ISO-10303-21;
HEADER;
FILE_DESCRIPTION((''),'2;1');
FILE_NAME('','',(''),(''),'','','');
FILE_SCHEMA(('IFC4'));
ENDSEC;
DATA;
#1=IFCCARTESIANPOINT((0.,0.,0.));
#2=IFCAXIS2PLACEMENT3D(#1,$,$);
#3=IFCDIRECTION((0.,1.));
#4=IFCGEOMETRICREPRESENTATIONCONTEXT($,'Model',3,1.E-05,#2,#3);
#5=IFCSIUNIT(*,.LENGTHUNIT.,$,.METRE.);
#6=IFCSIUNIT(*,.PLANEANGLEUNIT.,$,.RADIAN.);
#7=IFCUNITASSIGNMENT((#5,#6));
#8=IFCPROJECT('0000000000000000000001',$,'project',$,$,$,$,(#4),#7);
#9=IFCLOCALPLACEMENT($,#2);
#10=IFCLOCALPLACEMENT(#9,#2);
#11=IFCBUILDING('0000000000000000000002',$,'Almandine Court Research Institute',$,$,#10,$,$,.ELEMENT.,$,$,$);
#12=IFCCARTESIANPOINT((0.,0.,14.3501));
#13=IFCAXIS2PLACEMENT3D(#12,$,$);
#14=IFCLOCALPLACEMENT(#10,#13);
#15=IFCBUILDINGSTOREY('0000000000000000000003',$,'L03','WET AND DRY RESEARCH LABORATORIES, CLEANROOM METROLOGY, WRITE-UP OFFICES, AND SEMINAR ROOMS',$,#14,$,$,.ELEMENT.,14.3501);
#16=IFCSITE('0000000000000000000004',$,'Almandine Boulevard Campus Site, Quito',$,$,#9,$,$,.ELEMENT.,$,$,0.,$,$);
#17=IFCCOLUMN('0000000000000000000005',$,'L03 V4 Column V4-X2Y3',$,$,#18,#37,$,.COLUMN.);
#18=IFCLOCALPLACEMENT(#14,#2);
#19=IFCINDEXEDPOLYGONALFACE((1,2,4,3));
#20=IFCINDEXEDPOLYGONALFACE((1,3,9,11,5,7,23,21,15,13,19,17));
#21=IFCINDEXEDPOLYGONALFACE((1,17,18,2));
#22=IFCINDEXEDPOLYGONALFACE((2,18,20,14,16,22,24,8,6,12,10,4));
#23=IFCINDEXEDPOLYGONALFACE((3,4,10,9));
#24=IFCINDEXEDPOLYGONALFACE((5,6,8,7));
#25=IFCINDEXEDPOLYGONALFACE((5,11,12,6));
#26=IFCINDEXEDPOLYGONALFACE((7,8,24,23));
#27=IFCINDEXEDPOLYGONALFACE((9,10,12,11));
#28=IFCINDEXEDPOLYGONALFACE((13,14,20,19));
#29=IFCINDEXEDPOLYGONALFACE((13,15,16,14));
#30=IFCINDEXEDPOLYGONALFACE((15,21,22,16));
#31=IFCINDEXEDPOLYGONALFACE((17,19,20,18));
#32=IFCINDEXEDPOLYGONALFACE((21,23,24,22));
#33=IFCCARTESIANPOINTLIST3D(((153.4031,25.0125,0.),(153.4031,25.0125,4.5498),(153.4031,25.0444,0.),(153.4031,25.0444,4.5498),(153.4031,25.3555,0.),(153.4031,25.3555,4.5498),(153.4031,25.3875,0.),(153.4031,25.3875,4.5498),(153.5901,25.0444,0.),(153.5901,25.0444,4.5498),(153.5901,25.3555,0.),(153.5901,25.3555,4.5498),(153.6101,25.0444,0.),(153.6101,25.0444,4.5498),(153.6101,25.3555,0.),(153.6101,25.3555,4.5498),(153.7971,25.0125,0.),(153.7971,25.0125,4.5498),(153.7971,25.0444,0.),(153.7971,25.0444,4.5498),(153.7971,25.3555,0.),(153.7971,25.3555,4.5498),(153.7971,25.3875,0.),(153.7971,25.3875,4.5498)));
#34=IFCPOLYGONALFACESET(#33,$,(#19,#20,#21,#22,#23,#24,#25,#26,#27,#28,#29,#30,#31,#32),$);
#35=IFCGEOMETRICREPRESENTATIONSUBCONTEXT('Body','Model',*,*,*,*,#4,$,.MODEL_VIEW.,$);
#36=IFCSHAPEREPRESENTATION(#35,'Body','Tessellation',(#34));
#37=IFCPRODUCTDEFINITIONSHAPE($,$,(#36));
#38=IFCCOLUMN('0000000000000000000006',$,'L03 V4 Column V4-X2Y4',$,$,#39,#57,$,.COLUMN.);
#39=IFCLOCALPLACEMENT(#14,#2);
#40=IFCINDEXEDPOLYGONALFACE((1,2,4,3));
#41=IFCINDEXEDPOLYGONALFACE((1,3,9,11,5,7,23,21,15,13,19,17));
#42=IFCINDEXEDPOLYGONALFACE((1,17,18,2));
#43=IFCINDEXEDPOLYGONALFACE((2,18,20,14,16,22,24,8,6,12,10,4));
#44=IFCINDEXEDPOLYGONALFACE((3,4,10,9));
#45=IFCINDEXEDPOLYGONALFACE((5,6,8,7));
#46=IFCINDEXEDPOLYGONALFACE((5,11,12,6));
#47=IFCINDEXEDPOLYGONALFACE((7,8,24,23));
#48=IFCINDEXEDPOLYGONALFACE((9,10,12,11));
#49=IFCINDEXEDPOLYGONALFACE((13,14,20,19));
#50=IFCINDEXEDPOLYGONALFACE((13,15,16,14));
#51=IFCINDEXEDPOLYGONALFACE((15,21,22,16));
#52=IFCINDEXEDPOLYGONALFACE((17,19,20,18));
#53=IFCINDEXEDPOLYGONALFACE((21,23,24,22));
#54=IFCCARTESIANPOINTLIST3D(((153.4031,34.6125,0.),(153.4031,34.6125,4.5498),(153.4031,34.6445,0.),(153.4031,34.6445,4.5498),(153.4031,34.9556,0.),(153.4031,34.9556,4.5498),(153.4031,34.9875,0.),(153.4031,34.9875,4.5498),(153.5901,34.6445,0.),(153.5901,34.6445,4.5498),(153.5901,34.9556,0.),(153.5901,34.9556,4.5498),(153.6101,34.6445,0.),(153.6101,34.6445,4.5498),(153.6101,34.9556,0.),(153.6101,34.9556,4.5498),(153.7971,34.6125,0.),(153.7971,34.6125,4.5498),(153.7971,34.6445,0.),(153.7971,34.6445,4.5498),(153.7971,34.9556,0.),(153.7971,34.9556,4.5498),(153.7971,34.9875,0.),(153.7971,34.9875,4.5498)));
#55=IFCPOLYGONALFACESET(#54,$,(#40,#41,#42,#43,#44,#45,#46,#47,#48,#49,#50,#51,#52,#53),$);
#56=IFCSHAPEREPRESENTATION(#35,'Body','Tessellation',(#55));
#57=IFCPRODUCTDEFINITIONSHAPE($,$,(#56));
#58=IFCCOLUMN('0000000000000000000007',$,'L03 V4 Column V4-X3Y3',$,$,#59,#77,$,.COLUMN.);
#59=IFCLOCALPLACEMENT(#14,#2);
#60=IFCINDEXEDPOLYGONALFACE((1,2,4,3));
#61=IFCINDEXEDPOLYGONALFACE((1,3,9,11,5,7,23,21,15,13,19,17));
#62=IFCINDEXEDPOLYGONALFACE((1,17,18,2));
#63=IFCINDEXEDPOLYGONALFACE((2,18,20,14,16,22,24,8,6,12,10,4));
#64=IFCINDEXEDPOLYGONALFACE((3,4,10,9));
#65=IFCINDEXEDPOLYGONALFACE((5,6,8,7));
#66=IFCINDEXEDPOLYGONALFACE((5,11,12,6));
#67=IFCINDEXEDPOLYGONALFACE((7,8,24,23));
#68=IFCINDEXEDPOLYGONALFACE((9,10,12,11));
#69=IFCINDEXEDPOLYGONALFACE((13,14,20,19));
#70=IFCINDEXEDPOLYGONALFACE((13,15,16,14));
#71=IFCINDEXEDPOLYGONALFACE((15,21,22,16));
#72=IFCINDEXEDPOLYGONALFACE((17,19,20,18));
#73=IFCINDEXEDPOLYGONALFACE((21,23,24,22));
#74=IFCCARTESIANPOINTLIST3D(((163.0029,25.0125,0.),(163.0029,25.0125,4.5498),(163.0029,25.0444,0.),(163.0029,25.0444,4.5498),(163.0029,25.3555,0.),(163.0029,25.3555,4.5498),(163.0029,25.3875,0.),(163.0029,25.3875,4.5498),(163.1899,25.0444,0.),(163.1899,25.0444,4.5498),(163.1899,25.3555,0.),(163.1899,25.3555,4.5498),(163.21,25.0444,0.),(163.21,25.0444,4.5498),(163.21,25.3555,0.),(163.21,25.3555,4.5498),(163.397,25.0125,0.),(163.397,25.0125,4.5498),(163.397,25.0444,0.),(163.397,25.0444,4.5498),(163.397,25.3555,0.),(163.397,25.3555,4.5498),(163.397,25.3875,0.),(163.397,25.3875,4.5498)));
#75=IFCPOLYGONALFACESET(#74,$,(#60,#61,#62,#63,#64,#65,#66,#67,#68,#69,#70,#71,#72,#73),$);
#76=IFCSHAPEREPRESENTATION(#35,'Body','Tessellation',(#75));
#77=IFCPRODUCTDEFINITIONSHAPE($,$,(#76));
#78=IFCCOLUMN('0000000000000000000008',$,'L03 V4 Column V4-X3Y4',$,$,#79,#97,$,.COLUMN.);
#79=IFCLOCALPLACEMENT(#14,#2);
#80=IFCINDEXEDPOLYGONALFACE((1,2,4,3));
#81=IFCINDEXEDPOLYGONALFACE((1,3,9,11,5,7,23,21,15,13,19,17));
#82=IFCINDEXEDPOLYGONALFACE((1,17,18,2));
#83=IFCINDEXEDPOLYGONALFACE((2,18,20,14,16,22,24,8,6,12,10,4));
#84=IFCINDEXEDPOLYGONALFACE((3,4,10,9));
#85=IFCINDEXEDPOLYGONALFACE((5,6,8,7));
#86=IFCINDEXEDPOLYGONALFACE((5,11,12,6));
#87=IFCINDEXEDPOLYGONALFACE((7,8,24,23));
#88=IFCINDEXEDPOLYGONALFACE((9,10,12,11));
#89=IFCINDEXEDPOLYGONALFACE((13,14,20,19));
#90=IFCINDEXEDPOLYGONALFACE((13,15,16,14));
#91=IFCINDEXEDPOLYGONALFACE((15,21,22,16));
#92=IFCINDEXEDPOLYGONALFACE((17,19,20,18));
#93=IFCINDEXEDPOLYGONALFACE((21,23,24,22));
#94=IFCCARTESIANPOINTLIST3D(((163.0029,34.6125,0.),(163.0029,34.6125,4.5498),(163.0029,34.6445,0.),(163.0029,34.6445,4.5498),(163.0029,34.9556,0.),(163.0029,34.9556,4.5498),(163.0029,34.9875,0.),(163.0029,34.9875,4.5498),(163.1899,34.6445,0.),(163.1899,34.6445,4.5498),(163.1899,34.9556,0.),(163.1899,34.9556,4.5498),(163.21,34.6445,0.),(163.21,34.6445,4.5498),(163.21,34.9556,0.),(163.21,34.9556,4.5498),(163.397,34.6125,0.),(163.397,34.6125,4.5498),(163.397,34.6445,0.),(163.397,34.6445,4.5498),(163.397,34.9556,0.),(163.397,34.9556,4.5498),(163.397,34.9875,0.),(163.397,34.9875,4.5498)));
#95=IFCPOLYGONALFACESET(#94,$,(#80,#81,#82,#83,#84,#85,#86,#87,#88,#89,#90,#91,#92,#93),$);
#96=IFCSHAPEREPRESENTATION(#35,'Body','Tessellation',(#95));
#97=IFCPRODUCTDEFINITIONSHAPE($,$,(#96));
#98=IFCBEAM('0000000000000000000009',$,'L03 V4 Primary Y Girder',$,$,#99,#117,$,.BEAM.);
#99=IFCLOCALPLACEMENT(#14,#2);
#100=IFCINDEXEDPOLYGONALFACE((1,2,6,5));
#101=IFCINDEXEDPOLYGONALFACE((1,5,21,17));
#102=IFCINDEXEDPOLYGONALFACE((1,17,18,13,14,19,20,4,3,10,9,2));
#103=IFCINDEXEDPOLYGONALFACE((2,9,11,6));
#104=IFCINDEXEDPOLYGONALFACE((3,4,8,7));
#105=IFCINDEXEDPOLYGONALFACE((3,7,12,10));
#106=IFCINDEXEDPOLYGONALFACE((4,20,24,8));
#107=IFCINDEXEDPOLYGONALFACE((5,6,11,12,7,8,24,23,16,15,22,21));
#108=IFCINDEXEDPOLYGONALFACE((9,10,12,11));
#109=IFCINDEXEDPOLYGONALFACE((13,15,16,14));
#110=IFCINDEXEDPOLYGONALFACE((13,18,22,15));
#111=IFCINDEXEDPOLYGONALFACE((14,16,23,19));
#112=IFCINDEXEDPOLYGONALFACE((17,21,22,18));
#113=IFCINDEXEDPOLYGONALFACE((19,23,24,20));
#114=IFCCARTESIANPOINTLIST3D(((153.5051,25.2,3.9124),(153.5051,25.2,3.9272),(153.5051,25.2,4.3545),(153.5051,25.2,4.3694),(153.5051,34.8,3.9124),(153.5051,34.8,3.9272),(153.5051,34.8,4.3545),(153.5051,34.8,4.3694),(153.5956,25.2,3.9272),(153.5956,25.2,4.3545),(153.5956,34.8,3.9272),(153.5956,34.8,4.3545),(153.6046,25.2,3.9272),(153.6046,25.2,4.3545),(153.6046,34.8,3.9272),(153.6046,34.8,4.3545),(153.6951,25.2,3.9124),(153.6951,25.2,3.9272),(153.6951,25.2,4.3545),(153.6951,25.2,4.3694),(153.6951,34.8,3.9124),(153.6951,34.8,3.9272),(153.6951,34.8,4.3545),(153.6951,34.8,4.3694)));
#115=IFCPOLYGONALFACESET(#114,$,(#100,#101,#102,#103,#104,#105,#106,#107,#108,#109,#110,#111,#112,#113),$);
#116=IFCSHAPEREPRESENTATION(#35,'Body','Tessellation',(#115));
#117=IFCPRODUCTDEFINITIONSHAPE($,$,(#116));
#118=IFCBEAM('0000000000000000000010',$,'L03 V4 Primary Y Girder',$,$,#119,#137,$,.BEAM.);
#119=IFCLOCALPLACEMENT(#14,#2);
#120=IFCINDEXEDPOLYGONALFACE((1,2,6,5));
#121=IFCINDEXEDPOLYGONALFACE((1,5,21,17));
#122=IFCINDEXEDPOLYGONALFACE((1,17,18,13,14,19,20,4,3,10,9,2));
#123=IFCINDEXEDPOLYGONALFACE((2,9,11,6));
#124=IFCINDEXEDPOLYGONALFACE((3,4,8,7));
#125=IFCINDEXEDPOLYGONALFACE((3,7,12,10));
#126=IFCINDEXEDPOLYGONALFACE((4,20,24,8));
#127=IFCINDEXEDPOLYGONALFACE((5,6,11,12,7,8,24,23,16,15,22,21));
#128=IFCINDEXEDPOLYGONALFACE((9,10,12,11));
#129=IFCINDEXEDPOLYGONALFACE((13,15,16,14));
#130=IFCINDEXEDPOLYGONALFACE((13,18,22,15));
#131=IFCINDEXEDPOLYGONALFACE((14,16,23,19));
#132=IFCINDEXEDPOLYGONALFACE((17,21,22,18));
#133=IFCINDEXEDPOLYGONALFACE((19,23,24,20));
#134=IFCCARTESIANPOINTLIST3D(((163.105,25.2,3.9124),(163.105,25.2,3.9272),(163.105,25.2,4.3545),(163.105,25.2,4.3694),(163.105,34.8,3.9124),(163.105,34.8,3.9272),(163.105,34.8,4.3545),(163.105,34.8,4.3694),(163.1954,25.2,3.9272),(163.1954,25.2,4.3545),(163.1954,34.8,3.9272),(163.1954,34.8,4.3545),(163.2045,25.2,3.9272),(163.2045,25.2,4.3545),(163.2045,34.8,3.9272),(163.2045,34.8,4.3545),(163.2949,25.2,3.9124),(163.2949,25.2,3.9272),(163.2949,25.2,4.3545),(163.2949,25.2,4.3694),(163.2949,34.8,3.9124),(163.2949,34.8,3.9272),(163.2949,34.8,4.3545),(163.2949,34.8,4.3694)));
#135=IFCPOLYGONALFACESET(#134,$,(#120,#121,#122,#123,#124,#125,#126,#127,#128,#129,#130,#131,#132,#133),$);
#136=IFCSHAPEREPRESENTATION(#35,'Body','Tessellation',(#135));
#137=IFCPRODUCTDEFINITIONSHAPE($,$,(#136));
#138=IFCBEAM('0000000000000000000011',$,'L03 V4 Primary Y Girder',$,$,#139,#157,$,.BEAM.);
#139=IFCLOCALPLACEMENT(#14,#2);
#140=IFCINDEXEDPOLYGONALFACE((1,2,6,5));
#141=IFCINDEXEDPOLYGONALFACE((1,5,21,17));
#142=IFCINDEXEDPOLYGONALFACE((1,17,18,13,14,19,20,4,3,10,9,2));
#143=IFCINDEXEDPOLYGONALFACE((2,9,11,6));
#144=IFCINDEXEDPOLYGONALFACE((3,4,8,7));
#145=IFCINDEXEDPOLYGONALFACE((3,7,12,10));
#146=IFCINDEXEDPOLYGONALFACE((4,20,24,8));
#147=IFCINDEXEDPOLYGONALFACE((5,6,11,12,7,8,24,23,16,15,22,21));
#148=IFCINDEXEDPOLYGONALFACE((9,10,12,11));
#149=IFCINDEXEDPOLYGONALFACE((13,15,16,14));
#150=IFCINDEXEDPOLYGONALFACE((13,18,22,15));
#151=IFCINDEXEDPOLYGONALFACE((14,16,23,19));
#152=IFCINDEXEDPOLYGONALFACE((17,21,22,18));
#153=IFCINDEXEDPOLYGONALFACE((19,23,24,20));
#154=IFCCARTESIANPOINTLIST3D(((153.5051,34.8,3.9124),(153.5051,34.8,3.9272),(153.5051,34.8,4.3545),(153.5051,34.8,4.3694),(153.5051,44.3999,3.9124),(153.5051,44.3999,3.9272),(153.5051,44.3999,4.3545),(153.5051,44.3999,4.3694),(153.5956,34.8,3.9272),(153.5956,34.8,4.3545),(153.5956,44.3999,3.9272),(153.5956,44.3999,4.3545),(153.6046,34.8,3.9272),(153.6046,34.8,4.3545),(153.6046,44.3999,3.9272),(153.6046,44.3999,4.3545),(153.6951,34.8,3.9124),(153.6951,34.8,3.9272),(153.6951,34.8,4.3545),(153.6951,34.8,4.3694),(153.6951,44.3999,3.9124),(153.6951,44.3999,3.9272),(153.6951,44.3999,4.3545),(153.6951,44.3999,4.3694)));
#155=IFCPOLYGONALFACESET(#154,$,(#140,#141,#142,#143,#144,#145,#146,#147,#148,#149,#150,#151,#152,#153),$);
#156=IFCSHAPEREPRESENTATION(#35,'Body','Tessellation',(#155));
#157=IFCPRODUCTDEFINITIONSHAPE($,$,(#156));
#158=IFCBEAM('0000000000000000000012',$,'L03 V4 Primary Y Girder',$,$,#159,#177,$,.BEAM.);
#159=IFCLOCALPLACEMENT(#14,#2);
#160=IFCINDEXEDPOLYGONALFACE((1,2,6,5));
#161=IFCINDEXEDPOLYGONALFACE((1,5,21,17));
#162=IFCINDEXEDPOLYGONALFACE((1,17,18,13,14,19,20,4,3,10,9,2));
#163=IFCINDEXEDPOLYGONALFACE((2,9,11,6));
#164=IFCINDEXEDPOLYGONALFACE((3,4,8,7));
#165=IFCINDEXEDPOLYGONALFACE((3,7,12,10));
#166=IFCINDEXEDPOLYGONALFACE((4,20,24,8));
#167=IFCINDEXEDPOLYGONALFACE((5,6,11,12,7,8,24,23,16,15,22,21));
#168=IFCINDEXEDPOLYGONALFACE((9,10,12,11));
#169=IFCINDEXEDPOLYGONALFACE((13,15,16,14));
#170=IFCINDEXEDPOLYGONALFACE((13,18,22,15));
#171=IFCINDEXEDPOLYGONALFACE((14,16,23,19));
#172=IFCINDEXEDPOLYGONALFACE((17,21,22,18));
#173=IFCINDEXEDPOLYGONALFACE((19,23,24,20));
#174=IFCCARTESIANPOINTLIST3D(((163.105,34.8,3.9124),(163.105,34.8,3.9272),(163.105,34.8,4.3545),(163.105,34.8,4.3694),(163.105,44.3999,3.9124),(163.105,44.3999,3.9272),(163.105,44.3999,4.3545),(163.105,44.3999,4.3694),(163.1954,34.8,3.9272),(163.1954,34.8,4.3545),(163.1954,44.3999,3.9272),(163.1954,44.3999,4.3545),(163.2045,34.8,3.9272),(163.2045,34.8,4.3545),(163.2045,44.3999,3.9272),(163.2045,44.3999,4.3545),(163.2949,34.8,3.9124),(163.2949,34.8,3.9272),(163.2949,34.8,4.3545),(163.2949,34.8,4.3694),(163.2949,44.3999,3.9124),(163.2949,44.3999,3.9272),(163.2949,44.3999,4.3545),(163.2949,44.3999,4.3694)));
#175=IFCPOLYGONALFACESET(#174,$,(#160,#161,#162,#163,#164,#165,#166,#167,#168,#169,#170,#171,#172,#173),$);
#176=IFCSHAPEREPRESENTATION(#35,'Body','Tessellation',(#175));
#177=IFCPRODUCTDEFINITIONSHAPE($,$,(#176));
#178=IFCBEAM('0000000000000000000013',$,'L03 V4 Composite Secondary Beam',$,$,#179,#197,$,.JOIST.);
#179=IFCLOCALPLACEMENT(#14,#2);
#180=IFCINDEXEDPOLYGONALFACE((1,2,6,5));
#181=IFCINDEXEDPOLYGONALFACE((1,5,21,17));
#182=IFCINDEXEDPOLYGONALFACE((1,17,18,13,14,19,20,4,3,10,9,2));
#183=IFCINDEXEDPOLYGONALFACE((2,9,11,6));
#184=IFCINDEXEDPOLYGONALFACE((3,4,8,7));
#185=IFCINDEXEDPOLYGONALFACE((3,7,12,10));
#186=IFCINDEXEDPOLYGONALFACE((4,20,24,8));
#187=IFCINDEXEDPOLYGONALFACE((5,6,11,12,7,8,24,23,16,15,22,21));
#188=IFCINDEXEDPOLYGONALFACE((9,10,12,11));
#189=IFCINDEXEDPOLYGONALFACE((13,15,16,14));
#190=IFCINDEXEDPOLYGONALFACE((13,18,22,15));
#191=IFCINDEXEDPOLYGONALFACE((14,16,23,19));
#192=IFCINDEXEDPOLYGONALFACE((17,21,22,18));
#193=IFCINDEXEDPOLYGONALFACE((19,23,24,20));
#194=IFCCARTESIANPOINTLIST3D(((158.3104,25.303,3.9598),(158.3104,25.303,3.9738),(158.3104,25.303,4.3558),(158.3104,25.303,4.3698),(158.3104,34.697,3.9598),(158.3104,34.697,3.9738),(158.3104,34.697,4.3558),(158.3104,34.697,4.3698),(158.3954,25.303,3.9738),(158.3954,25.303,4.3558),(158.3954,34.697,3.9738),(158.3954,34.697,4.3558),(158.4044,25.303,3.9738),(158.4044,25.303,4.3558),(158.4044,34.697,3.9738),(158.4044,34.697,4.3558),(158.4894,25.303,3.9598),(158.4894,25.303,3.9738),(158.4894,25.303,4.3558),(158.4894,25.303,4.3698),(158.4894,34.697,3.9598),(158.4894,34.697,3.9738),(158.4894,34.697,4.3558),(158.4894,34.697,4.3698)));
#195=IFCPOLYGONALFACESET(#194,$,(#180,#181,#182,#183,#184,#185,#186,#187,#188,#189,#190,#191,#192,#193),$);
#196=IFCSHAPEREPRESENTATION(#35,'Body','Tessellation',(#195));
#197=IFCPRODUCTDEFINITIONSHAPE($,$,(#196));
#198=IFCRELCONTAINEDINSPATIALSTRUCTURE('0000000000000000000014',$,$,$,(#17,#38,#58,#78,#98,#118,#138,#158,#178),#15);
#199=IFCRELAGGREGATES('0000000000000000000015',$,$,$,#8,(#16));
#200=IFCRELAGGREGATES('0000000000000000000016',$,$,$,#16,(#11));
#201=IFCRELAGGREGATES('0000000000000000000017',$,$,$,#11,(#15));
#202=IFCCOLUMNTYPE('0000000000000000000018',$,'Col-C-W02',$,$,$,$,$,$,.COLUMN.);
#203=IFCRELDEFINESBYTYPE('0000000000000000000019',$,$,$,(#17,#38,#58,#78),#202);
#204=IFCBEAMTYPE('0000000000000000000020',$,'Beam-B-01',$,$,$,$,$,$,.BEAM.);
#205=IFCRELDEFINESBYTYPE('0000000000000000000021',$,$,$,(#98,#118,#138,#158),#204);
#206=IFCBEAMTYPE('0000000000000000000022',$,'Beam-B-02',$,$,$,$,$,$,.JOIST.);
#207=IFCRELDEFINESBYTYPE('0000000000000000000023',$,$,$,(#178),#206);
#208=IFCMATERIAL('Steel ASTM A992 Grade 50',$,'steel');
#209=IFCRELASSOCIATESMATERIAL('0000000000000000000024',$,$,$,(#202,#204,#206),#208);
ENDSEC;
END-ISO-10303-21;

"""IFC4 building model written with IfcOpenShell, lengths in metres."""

from ifc_helpers import new_model, si_unit, direction, frame, origin, origin_2d, place, context, subcontext, project, spatial, i_section, extrude, material, material_profile, profile_set, type_object, element, save


model = new_model("IFC4")

# Units and contexts
model_context = context("Model", 3, precision=1e-05, world=origin(), true_north=direction((0.0, 1.0)))
body_context = subcontext(model_context, "Body", "Model", "MODEL_VIEW")
ifc_project = project(units=[si_unit("LENGTHUNIT", "METRE"), si_unit("PLANEANGLEUNIT", "RADIAN")], contexts=[model_context])

# Site, building, storey
site_placement = place(None, origin())
site = spatial("IfcSite", under=ifc_project, at=site_placement, Name="Almandine Boulevard Campus Site, Quito", CompositionType="ELEMENT", RefElevation=0.0)
building_placement = place(site_placement, origin())
building = spatial("IfcBuilding", under=site, at=building_placement, Name="Almandine Court Research Institute", CompositionType="ELEMENT")
storey_placement = place(building_placement, frame((0.0, 0.0, 14.3501)))
storey = spatial("IfcBuildingStorey", under=building, at=storey_placement, Name="L03", Description="WET AND DRY RESEARCH LABORATORIES, CLEANROOM METROLOGY, WRITE-UP OFFICES, AND SEMINAR ROOMS", CompositionType="ELEMENT", Elevation=14.3501)

# Columns
ifc_material_1 = material(Name="Steel ASTM A992 Grade 50", Category="steel")
ifc_material_profile_1 = material_profile(ifc_material_1, i_section(OverallWidth=0.394, OverallDepth=0.375, WebThickness=0.02, FlangeThickness=0.032, at=origin_2d()), Name="W360x216")
ifc_profile_set_1 = profile_set([ifc_material_profile_1], Name="Steel ASTM A992 Grade 50")
column_type = type_object("IfcColumnType", Name="Col-C-W02", PredefinedType="COLUMN", material=ifc_profile_set_1)
for number, where, z_axis, x_axis, name in (
    (1, (153.6001, 25.2, 0.0), (0.0, 0.0, 1.0), (1.0, 0.0, 0.0), "L03 V4 Column V4-X2Y3"),
    (2, (153.6001, 34.8, 0.0), (0.0, 0.0, 1.0), (1.0, 0.0, 0.0), "L03 V4 Column V4-X2Y4"),
    (3, (163.2, 25.2, 0.0), (0.0, 0.0, 1.0), (1.0, 0.0, 0.0), "L03 V4 Column V4-X3Y3"),
    (4, (163.2, 34.8, 0.0), (0.0, 0.0, 1.0), (1.0, 0.0, 0.0), "L03 V4 Column V4-X3Y4"),
):
    element("IfcColumn", number, at=place(storey_placement, frame(where, z_axis=z_axis, x_axis=x_axis)), inside=storey, type_object=column_type, Name=name, PredefinedType="COLUMN", context=body_context, shape_type="SweptSolid", body=[
        extrude(i_section(OverallWidth=0.394, OverallDepth=0.375, WebThickness=0.02, FlangeThickness=0.032, at=origin_2d()), origin(), (0.0, 0.0, 1.0), 4.5498),
    ])

# Beams
ifc_material_profile_2 = material_profile(ifc_material_1, i_section(OverallWidth=0.1899, OverallDepth=0.457, WebThickness=0.009, FlangeThickness=0.0149, at=origin_2d()), Name="W460x74")
ifc_profile_set_2 = profile_set([ifc_material_profile_2], Name="Steel ASTM A992 Grade 50")
beam_type_1 = type_object("IfcBeamType", Name="Beam-B-01", PredefinedType="BEAM", material=ifc_profile_set_2)
for number, where, z_axis, x_axis, name in (
    (5, (153.6001, 25.2, 4.1409), (0.0, 1.0, 0.0), (-1.0, 0.0, 0.0), "L03 V4 Primary Y Girder"),
    (6, (163.2, 25.2, 4.1409), (0.0, 1.0, 0.0), (-1.0, 0.0, 0.0), "L03 V4 Primary Y Girder"),
):
    element("IfcBeam", number, at=place(storey_placement, frame(where, z_axis=z_axis, x_axis=x_axis)), inside=storey, type_object=beam_type_1, Name=name, PredefinedType="BEAM", context=body_context, shape_type="SweptSolid", body=[
        extrude(i_section(OverallWidth=0.1899, OverallDepth=0.457, WebThickness=0.009, FlangeThickness=0.0149, at=origin_2d()), origin(), (0.0, 0.0, 1.0), 9.6001),
    ])
for number, where, z_axis, x_axis, name in (
    (7, (153.6001, 34.8, 4.1409), (0.0, 1.0, 0.0), (-1.0, 0.0, 0.0), "L03 V4 Primary Y Girder"),
    (8, (163.2, 34.8, 4.1409), (0.0, 1.0, 0.0), (-1.0, 0.0, 0.0), "L03 V4 Primary Y Girder"),
):
    element("IfcBeam", number, at=place(storey_placement, frame(where, z_axis=z_axis, x_axis=x_axis)), inside=storey, type_object=beam_type_1, Name=name, PredefinedType="BEAM", context=body_context, shape_type="SweptSolid", body=[
        extrude(i_section(OverallWidth=0.1899, OverallDepth=0.457, WebThickness=0.009, FlangeThickness=0.0149, at=origin_2d()), origin(), (0.0, 0.0, 1.0), 9.5999),
    ])
ifc_material_profile_3 = material_profile(ifc_material_1, i_section(OverallWidth=0.179, OverallDepth=0.4099, WebThickness=0.009, FlangeThickness=0.0139, at=origin_2d()), Name="W410x67")
ifc_profile_set_3 = profile_set([ifc_material_profile_3], Name="Steel ASTM A992 Grade 50")
beam_type_2 = type_object("IfcBeamType", Name="Beam-B-02", PredefinedType="JOIST", material=ifc_profile_set_3)
beam_1_placement = place(storey_placement, frame((158.3999, 25.303, 4.1648), z_axis=(0.0, 1.0, 0.0), x_axis=(-1.0, 0.0, 0.0)))
element("IfcBeam", 9, at=beam_1_placement, inside=storey, type_object=beam_type_2, Name="L03 V4 Composite Secondary Beam", PredefinedType="JOIST", context=body_context, shape_type="SweptSolid", body=[
    extrude(i_section(OverallWidth=0.179, OverallDepth=0.4099, WebThickness=0.009, FlangeThickness=0.0139, at=origin_2d()), origin(), (0.0, 0.0, 1.0), 9.394),
])

save(model, "model.ifc")
